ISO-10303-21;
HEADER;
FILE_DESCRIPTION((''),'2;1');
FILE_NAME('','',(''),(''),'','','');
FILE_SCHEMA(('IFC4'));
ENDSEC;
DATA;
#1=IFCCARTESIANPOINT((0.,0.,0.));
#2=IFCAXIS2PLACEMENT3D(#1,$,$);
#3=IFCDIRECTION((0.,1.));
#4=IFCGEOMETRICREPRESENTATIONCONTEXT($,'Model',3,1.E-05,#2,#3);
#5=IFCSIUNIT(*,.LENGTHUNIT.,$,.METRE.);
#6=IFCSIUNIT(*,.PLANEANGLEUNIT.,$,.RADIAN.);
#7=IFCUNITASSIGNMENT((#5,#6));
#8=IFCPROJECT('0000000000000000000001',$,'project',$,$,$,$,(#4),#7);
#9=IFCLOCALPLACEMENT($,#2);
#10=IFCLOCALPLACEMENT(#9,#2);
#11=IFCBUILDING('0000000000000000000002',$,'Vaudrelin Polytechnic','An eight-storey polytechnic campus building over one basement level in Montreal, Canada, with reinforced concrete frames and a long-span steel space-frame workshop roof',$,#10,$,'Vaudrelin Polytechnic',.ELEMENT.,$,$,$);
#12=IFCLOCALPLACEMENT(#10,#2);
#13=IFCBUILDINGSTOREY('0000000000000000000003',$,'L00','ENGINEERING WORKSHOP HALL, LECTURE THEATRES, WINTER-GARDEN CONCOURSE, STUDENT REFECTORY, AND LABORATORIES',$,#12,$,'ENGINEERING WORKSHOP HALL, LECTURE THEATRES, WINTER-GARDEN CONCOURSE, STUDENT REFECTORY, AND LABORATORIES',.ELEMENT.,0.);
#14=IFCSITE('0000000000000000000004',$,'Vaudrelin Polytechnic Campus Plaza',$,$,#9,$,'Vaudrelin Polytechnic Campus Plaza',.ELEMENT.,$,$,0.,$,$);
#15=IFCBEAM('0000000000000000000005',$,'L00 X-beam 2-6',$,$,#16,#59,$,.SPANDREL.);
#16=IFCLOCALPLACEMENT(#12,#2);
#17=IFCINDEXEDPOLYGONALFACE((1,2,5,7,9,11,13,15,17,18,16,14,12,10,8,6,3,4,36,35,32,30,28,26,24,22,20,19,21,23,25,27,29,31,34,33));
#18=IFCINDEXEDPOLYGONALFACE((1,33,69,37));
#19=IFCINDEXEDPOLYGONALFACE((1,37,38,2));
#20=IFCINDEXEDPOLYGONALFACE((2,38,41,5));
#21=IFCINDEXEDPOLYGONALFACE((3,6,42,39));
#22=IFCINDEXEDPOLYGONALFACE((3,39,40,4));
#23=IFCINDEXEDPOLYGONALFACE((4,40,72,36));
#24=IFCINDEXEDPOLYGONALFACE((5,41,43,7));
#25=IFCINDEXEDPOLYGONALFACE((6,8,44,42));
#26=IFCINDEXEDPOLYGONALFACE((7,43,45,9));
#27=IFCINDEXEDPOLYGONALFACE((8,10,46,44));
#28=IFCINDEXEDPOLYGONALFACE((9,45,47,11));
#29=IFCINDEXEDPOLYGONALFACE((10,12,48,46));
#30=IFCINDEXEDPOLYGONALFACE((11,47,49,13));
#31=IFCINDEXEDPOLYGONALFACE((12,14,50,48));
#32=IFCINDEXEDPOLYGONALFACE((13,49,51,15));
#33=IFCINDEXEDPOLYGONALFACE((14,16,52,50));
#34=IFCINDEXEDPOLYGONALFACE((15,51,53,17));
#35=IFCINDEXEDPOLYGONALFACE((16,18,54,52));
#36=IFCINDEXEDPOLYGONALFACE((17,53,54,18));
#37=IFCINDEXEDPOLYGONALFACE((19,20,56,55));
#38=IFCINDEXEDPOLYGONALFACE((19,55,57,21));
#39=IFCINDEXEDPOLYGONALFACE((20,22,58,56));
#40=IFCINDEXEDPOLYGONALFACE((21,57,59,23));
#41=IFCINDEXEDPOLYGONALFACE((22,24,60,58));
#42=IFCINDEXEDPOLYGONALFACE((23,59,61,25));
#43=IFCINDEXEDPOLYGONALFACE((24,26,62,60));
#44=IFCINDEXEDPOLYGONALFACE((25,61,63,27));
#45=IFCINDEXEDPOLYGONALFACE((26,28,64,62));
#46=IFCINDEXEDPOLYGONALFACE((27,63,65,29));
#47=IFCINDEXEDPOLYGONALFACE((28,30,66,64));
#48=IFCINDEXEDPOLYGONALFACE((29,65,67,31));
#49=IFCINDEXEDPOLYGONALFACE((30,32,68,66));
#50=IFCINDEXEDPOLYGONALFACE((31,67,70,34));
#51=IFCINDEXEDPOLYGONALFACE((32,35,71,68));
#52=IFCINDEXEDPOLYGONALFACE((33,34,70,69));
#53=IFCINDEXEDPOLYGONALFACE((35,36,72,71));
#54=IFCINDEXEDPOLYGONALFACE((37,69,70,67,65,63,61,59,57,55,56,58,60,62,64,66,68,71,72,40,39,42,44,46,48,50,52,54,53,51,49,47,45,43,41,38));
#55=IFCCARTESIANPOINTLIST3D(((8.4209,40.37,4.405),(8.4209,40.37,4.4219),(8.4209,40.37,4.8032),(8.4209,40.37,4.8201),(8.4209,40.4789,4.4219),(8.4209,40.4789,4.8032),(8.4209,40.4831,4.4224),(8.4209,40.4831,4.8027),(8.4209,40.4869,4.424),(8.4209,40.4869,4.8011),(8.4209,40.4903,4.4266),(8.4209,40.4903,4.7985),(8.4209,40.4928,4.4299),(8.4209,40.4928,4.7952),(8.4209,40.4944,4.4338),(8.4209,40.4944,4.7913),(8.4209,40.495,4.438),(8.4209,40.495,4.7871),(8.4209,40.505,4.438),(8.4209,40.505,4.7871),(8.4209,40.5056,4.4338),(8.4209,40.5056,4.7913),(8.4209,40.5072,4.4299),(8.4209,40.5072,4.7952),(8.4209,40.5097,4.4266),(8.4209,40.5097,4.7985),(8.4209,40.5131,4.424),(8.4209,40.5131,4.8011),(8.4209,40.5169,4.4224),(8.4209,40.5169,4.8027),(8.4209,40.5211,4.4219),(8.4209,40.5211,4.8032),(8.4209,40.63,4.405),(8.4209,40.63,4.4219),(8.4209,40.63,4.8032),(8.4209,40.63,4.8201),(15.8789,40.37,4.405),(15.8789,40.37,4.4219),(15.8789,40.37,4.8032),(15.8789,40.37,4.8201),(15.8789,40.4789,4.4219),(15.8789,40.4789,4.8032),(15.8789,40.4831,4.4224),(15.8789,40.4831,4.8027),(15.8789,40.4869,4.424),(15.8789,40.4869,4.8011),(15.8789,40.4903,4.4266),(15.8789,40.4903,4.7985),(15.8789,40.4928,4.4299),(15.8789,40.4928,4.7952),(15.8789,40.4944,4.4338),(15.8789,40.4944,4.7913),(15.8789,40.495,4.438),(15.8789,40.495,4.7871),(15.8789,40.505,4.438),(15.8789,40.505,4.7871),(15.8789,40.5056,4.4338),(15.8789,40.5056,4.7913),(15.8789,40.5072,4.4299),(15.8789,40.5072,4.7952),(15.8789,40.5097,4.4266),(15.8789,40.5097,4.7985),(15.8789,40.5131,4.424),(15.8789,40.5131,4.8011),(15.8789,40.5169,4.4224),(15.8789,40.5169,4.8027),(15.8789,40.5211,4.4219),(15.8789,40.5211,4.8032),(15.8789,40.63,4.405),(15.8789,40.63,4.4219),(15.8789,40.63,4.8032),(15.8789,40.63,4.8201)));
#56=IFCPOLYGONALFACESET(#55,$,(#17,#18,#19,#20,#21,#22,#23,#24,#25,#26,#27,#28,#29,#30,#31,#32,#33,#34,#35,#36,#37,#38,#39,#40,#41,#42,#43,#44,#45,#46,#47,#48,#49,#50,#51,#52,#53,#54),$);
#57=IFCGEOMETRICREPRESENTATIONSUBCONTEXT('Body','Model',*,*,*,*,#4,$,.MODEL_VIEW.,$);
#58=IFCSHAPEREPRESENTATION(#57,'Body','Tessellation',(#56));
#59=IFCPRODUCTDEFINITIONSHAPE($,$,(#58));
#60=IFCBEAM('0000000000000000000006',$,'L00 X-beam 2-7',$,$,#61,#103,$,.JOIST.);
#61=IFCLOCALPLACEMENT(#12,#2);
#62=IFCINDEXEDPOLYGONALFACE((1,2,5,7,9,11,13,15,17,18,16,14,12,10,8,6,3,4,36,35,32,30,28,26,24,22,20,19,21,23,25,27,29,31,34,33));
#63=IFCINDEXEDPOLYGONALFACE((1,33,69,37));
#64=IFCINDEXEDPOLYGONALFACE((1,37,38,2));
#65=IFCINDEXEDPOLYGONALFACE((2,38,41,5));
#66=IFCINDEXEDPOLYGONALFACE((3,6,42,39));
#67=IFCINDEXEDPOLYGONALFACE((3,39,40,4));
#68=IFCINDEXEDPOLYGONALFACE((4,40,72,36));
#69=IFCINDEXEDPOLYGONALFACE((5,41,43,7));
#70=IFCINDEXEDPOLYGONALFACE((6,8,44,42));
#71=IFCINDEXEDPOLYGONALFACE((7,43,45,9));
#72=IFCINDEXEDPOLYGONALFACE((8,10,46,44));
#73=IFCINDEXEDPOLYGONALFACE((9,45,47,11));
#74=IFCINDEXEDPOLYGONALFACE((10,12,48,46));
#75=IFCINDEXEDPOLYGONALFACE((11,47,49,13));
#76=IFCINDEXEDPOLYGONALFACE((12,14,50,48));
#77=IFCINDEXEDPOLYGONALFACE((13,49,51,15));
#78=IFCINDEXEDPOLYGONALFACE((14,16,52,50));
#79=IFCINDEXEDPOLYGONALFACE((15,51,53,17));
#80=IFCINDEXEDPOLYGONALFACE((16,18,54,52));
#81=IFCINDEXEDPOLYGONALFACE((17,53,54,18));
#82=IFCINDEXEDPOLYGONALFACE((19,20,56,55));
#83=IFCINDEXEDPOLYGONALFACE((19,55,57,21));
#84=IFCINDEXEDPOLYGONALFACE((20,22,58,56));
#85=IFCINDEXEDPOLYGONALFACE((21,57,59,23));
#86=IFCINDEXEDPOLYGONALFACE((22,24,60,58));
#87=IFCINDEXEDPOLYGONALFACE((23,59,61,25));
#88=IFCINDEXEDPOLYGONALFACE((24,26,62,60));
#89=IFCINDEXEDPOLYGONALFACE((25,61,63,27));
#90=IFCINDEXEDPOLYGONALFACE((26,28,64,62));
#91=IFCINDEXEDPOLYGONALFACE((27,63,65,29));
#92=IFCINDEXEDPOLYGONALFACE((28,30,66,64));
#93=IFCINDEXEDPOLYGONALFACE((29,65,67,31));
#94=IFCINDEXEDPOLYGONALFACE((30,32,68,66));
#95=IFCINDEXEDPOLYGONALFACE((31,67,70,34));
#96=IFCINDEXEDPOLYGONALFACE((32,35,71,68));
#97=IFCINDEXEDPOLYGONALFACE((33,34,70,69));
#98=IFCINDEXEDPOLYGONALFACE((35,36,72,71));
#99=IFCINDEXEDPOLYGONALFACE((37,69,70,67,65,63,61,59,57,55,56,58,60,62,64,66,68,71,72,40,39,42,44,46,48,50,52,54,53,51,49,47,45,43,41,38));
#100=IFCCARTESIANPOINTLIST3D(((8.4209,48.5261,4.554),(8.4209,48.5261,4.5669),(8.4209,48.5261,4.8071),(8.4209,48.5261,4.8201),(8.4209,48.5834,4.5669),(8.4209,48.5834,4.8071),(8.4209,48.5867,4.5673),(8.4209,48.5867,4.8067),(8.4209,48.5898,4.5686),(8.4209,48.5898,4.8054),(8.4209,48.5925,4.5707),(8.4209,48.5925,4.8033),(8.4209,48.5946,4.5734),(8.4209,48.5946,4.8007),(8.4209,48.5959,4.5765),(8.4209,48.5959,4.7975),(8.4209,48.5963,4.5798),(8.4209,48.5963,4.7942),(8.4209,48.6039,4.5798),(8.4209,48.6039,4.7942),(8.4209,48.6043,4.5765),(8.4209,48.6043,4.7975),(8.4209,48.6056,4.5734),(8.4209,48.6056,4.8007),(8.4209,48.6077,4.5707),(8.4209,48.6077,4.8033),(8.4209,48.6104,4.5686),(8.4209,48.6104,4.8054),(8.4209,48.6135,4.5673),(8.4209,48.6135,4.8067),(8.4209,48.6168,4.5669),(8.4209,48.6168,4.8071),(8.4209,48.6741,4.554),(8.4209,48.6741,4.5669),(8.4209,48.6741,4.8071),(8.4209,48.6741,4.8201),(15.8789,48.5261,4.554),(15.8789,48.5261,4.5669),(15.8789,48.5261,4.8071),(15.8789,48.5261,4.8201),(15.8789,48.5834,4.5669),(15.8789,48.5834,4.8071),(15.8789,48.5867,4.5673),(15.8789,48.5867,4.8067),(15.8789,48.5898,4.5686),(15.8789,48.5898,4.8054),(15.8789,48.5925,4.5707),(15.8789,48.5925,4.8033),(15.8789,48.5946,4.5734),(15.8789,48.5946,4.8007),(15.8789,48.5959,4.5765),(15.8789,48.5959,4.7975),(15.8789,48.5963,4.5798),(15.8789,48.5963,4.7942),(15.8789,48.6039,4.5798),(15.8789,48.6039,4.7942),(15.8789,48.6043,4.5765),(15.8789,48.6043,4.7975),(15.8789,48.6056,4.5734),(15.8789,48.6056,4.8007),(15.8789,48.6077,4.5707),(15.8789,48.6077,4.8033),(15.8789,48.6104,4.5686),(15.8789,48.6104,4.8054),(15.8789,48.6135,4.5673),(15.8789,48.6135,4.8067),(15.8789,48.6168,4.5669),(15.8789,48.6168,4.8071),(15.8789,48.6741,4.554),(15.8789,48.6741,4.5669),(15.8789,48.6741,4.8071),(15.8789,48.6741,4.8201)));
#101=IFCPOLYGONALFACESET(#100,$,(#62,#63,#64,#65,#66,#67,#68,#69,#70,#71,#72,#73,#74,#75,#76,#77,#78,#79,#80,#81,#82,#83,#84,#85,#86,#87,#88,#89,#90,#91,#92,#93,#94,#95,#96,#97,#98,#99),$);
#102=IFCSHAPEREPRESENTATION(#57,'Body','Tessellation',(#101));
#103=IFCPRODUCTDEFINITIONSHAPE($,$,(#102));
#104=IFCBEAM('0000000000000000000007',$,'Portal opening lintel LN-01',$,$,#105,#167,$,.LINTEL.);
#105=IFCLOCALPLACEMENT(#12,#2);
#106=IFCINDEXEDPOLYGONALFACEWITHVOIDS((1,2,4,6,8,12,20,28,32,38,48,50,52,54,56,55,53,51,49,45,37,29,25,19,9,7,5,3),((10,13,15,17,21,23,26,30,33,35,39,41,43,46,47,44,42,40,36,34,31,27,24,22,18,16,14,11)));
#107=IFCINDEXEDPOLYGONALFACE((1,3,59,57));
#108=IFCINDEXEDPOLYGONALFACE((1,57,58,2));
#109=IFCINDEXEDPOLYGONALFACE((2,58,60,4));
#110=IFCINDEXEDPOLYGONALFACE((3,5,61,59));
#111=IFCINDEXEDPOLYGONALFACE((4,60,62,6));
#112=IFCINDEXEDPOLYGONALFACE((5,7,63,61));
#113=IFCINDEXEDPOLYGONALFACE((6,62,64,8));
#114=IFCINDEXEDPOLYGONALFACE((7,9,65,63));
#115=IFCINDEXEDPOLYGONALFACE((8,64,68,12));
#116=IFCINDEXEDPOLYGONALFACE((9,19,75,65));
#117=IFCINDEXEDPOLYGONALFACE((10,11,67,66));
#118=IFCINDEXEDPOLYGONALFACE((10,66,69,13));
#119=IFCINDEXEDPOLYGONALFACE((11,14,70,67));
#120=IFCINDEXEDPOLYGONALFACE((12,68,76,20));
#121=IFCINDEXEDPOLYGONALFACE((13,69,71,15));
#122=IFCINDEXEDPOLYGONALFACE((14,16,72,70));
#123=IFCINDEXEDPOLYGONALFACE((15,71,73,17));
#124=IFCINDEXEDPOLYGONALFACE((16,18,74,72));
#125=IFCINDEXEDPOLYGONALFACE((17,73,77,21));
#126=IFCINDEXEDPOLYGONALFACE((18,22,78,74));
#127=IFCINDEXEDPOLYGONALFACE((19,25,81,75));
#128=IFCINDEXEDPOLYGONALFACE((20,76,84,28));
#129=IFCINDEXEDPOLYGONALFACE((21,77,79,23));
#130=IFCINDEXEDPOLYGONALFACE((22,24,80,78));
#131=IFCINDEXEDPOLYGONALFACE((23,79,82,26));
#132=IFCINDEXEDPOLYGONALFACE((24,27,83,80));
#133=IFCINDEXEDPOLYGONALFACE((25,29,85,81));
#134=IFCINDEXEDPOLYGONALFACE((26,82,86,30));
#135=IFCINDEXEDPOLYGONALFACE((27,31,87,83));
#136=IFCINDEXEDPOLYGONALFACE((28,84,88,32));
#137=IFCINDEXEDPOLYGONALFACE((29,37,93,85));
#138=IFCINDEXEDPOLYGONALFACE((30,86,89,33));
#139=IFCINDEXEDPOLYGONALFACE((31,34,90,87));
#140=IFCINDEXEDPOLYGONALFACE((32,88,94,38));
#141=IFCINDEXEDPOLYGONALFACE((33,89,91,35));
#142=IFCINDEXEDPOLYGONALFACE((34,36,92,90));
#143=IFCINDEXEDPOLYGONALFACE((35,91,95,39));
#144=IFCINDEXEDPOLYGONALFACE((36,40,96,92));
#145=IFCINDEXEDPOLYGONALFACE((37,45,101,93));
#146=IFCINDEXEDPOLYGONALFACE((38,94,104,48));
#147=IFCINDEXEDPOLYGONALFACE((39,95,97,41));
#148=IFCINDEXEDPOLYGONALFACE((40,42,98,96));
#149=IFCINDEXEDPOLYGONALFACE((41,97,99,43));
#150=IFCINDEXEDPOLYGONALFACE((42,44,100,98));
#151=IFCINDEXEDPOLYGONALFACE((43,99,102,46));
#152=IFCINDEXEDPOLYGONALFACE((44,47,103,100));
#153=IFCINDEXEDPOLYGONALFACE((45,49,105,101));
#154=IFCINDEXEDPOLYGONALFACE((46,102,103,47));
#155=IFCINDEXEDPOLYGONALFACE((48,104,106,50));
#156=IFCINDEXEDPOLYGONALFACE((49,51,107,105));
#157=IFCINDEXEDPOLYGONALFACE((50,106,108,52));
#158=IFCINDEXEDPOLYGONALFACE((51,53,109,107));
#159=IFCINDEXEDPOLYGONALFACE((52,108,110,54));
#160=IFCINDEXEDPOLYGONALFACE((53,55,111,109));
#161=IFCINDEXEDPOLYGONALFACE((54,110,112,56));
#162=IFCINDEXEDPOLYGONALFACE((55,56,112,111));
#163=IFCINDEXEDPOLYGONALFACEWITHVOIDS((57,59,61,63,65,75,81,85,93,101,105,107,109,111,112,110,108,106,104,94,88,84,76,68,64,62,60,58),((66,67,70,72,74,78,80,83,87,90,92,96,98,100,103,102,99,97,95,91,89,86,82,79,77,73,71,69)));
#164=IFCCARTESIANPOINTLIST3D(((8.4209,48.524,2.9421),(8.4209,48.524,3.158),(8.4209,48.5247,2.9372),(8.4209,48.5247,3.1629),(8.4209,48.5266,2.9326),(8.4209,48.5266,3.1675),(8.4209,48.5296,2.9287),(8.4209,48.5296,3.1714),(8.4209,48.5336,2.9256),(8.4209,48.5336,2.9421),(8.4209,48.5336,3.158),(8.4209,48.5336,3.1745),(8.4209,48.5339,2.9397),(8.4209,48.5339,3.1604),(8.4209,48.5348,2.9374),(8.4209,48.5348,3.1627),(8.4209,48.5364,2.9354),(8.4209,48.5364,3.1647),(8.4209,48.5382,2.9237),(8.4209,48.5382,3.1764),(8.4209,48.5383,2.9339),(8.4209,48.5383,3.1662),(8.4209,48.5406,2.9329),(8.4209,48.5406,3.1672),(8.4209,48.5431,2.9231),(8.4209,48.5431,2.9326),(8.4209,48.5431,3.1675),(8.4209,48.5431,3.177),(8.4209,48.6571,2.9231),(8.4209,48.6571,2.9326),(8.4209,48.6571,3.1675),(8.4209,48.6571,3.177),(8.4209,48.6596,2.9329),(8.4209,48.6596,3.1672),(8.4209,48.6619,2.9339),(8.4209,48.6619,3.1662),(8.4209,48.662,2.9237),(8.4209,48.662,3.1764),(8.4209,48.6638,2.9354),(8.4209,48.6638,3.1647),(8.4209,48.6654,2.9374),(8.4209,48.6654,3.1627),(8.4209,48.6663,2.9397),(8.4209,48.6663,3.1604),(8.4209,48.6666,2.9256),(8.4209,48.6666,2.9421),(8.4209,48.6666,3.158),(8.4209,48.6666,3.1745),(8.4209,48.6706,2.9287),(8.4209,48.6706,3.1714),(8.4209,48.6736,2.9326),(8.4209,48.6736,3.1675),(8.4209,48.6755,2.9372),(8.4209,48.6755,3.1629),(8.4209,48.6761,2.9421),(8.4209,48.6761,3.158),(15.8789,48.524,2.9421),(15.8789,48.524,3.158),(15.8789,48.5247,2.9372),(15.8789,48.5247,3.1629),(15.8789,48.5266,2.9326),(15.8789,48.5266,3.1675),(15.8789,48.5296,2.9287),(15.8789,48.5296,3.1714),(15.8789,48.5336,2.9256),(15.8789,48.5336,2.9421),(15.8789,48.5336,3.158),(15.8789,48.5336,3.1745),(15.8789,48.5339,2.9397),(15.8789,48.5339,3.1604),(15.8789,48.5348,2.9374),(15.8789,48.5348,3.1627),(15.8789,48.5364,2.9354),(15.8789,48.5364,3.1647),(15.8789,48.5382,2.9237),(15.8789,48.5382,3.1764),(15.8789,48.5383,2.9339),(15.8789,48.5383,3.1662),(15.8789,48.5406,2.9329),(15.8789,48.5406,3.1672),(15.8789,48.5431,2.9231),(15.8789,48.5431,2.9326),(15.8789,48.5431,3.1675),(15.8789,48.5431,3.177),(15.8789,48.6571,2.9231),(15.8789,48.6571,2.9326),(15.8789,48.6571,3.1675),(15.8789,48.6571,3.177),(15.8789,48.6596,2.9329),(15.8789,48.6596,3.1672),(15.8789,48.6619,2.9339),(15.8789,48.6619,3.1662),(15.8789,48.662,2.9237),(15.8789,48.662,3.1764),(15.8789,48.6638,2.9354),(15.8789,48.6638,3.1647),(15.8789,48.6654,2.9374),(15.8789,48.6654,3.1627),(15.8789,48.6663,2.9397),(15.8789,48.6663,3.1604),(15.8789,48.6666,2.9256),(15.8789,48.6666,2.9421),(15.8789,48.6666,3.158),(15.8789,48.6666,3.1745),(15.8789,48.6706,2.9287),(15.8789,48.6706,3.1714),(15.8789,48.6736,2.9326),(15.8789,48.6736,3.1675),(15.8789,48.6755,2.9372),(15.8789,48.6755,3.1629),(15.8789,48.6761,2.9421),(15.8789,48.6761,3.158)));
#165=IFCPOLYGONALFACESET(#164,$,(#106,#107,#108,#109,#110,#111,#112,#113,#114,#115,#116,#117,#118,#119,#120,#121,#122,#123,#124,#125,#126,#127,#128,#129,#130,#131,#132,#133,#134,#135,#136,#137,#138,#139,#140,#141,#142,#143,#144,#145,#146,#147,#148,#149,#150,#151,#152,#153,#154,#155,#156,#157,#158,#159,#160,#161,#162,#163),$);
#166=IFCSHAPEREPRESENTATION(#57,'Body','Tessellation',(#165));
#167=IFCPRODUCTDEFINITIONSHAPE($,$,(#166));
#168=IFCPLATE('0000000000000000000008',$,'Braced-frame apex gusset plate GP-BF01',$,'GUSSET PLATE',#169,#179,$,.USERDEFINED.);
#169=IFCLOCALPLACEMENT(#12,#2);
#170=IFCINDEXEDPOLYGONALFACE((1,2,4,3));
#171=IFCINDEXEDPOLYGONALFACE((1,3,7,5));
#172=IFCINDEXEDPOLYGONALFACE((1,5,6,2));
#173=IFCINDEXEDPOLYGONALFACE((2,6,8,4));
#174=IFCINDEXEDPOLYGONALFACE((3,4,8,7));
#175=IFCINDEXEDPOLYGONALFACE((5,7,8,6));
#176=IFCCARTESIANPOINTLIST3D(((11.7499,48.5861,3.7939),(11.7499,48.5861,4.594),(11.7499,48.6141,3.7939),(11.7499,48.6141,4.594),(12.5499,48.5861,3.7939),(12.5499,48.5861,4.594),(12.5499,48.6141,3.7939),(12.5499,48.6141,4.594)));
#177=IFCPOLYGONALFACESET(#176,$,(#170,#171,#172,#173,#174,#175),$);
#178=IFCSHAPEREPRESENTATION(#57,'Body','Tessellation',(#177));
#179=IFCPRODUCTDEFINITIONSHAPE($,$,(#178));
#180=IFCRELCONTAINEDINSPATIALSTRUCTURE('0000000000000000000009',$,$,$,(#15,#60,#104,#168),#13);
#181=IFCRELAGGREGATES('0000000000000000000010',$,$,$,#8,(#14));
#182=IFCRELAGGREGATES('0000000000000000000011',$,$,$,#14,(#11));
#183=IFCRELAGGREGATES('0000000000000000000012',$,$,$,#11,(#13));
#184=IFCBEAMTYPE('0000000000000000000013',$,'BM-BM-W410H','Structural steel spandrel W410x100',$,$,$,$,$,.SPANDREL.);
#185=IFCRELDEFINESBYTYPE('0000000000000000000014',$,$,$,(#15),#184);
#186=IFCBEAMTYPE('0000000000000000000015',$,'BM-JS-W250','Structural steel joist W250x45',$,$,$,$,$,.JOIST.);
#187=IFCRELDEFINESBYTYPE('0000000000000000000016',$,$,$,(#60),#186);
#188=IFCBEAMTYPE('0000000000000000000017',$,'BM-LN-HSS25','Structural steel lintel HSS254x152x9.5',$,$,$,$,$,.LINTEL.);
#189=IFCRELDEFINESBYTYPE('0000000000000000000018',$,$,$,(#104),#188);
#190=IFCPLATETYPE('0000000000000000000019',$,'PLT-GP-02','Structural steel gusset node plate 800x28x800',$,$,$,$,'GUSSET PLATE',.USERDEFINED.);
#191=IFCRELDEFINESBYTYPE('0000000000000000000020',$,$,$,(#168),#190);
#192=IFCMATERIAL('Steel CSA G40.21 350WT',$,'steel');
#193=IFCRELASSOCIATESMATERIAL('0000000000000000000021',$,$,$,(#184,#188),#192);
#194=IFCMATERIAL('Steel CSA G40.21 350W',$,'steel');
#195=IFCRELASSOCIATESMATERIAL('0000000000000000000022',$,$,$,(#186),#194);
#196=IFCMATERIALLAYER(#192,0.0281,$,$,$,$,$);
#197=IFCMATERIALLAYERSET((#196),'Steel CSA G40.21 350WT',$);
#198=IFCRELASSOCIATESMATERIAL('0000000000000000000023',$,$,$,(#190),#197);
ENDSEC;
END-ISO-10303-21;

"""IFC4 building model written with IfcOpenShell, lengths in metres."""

from ifc_helpers import new_model, si_unit, direction, frame, origin, origin_2d, place, context, subcontext, project, spatial, rectangle, hollow_rectangle, i_section, extrude, material, layer, layer_set, material_profile, profile_set, type_object, element, save


model = new_model("IFC4")

# Units and contexts
model_context = context("Model", 3, precision=1e-05, world=origin(), true_north=direction((0.0, 1.0)))
body_context = subcontext(model_context, "Body", "Model", "MODEL_VIEW")
ifc_project = project(units=[si_unit("LENGTHUNIT", "METRE"), si_unit("PLANEANGLEUNIT", "RADIAN")], contexts=[model_context])

# Site, building, storey
site_placement = place(None, origin())
site = spatial("IfcSite", under=ifc_project, at=site_placement, Name="Vaudrelin Polytechnic Campus Plaza", LongName="Vaudrelin Polytechnic Campus Plaza", CompositionType="ELEMENT", RefElevation=0.0)
building_placement = place(site_placement, origin())
building = spatial("IfcBuilding", under=site, at=building_placement, Name="Vaudrelin Polytechnic", Description="An eight-storey polytechnic campus building over one basement level in Montreal, Canada, with reinforced concrete frames and a long-span steel space-frame workshop roof", LongName="Vaudrelin Polytechnic", CompositionType="ELEMENT")
storey_placement = place(building_placement, origin())
storey = spatial("IfcBuildingStorey", under=building, at=storey_placement, Name="L00", Description="ENGINEERING WORKSHOP HALL, LECTURE THEATRES, WINTER-GARDEN CONCOURSE, STUDENT REFECTORY, AND LABORATORIES", LongName="ENGINEERING WORKSHOP HALL, LECTURE THEATRES, WINTER-GARDEN CONCOURSE, STUDENT REFECTORY, AND LABORATORIES", CompositionType="ELEMENT", Elevation=0.0)

# Beams
ifc_material_1 = material(Name="Steel CSA G40.21 350WT", Category="steel")
ifc_material_profile_1 = material_profile(ifc_material_1, i_section(OverallWidth=0.26, OverallDepth=0.415, WebThickness=0.01, FlangeThickness=0.0168, FilletRadius=0.0161, at=origin_2d()), Name="W410x100")
ifc_profile_set_1 = profile_set([ifc_material_profile_1], Name="Steel CSA G40.21 350WT")
beam_type_1 = type_object("IfcBeamType", Name="BM-BM-W410H", Description="Structural steel spandrel W410x100", PredefinedType="SPANDREL", material=ifc_profile_set_1)
beam_1_placement = place(storey_placement, frame((8.4209, 40.5, 4.6125), z_axis=(1.0, 0.0, 0.0), x_axis=(0.0, 1.0, 0.0)))
element("IfcBeam", 1, at=beam_1_placement, inside=storey, type_object=beam_type_1, Name="L00 X-beam 2-6", PredefinedType="SPANDREL", context=body_context, shape_type="SweptSolid", body=[
    extrude(i_section(OverallWidth=0.26, OverallDepth=0.415, WebThickness=0.01, FlangeThickness=0.0168, FilletRadius=0.0161, at=origin_2d()), origin(), (0.0, 0.0, 1.0), 7.458),
])
ifc_material_2 = material(Name="Steel CSA G40.21 350W", Category="steel")
ifc_material_profile_2 = material_profile(ifc_material_2, i_section(OverallWidth=0.1479, OverallDepth=0.2661, WebThickness=0.0076, FlangeThickness=0.0129, FilletRadius=0.0129, at=origin_2d()), Name="W250x45")
ifc_profile_set_2 = profile_set([ifc_material_profile_2], Name="Steel CSA G40.21 350W")
beam_type_2 = type_object("IfcBeamType", Name="BM-JS-W250", Description="Structural steel joist W250x45", PredefinedType="JOIST", material=ifc_profile_set_2)
beam_2_placement = place(storey_placement, frame((8.4209, 48.6001, 4.687), z_axis=(1.0, 0.0, 0.0), x_axis=(0.0, 1.0, 0.0)))
element("IfcBeam", 2, at=beam_2_placement, inside=storey, type_object=beam_type_2, Name="L00 X-beam 2-7", PredefinedType="JOIST", context=body_context, shape_type="SweptSolid", body=[
    extrude(i_section(OverallWidth=0.1479, OverallDepth=0.2661, WebThickness=0.0076, FlangeThickness=0.0129, FilletRadius=0.0129, at=origin_2d()), origin(), (0.0, 0.0, 1.0), 7.458),
])
ifc_material_profile_3 = material_profile(ifc_material_1, hollow_rectangle(XDim=0.1521, YDim=0.2539, WallThickness=0.0095, InnerFilletRadius=0.0095, OuterFilletRadius=0.019, at=origin_2d()), Name="HSS254x152x9.5")
ifc_profile_set_3 = profile_set([ifc_material_profile_3], Name="Steel CSA G40.21 350WT")
beam_type_3 = type_object("IfcBeamType", Name="BM-LN-HSS25", Description="Structural steel lintel HSS254x152x9.5", PredefinedType="LINTEL", material=ifc_profile_set_3)
beam_3_placement = place(storey_placement, frame((8.4209, 48.6001, 3.05), z_axis=(1.0, 0.0, 0.0), x_axis=(0.0, 1.0, 0.0)))
element("IfcBeam", 3, at=beam_3_placement, inside=storey, type_object=beam_type_3, Name="Portal opening lintel LN-01", PredefinedType="LINTEL", context=body_context, shape_type="SweptSolid", body=[
    extrude(hollow_rectangle(XDim=0.1521, YDim=0.2539, WallThickness=0.0095, InnerFilletRadius=0.0095, OuterFilletRadius=0.019, at=origin_2d()), origin(), (0.0, 0.0, 1.0), 7.458),
])

# Plate
ifc_layer_1 = layer(ifc_material_1, 0.0281)
ifc_layer_set_1 = layer_set([ifc_layer_1], Name="Steel CSA G40.21 350WT")
plate_type = type_object("IfcPlateType", Name="PLT-GP-02", Description="Structural steel gusset node plate 800x28x800", ElementType="GUSSET PLATE", PredefinedType="USERDEFINED", material=ifc_layer_set_1)
plate_placement = place(storey_placement, frame((12.1499, 48.6001, 3.7939), z_axis=(0.0, 0.0, 1.0), x_axis=(1.0, 0.0, 0.0)))
element("IfcPlate", 4, at=plate_placement, inside=storey, type_object=plate_type, Name="Braced-frame apex gusset plate GP-BF01", ObjectType="GUSSET PLATE", PredefinedType="USERDEFINED", context=body_context, shape_type="SweptSolid", body=[
    extrude(rectangle(XDim=0.8, YDim=0.0281, at=origin_2d()), origin(), (0.0, 0.0, 1.0), 0.8),
])

save(model, "model.ifc")
